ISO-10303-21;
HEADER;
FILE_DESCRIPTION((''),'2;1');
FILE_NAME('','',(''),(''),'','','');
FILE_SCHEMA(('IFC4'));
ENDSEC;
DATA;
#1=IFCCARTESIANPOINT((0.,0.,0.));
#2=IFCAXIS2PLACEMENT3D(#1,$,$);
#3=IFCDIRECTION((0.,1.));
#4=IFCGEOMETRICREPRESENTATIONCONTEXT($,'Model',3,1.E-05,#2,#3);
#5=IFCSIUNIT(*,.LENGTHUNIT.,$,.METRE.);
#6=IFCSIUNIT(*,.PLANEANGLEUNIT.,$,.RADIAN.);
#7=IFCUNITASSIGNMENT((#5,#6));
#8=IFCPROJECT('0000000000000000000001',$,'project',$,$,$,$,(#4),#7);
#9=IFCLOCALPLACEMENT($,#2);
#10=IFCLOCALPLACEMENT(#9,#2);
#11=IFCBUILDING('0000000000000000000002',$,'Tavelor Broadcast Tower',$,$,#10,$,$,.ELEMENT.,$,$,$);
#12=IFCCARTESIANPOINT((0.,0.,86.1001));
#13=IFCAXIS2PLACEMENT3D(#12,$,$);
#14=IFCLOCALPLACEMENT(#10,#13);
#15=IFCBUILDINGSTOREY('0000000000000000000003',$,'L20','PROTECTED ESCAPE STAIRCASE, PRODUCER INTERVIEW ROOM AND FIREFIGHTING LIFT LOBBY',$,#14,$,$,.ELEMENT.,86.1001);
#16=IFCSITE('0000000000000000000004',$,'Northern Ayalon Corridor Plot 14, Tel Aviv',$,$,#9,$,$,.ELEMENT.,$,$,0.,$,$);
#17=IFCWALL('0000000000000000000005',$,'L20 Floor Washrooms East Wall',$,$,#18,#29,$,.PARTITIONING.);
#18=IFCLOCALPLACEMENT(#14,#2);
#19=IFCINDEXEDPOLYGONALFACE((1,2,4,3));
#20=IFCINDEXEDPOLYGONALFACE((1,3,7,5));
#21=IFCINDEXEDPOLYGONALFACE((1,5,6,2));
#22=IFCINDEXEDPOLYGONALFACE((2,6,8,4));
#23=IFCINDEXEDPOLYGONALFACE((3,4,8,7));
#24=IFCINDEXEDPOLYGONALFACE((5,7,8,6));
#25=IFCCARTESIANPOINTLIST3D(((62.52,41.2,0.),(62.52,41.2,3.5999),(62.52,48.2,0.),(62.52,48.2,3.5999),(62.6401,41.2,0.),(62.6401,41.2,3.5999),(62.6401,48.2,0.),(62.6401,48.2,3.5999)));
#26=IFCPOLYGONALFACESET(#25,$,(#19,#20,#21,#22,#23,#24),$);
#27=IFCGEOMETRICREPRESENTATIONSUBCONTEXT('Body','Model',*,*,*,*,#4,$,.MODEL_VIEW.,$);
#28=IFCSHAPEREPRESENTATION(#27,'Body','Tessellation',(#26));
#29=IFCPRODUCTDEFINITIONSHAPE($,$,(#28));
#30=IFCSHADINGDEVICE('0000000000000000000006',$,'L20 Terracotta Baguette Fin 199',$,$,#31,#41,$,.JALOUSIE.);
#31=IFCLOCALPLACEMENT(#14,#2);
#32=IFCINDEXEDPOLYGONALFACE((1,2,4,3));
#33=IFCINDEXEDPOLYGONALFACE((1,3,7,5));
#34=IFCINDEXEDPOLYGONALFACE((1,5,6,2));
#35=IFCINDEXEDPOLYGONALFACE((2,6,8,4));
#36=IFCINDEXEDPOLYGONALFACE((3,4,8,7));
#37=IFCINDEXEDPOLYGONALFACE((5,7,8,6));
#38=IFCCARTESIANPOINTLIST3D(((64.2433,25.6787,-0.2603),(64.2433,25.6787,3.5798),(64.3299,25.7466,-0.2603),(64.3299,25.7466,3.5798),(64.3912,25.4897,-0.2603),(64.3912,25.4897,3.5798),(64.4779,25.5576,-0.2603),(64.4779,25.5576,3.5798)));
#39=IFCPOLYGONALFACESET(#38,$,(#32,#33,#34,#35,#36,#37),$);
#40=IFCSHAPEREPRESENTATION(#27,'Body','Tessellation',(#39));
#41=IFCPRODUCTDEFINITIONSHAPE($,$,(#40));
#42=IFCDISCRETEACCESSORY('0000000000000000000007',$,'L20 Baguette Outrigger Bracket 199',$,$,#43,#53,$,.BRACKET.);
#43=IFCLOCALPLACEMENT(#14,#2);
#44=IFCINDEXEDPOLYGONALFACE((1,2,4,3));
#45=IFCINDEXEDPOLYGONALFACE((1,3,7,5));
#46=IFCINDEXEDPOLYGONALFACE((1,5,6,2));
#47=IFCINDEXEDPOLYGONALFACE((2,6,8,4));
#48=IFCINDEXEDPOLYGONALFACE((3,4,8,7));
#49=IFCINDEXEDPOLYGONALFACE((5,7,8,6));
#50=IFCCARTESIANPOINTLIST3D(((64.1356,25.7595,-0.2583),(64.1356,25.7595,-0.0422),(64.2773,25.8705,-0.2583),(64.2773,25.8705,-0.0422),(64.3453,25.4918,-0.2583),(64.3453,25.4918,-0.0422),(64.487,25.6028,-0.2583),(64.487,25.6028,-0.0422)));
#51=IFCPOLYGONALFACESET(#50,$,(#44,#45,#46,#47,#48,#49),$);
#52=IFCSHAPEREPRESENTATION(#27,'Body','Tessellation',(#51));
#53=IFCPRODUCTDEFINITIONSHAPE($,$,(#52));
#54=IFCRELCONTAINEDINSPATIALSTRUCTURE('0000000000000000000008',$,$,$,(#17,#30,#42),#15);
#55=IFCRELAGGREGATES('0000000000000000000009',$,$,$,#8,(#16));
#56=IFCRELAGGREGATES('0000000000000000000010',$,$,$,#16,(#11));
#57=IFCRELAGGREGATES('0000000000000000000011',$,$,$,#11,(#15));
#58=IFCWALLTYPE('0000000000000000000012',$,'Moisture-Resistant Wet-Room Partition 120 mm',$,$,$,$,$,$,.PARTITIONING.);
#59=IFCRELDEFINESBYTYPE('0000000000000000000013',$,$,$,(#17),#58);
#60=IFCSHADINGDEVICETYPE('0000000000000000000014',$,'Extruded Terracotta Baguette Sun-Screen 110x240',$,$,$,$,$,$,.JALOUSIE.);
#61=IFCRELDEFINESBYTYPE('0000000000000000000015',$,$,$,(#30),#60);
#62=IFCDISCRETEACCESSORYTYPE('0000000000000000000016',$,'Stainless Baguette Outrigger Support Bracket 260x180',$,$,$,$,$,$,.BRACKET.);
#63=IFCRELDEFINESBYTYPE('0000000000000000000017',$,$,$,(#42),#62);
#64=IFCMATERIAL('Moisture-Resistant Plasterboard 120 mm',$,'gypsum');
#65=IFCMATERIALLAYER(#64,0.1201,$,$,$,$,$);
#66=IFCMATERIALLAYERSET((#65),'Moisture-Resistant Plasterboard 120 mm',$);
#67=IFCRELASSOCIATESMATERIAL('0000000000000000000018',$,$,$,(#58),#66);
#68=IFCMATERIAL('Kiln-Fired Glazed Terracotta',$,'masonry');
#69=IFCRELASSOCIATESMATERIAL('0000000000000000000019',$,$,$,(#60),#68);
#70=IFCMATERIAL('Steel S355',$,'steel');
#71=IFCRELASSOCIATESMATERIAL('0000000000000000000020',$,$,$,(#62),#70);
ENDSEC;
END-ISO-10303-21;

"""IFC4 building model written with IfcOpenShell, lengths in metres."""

from ifc_helpers import new_model, si_unit, direction, frame, frame_2d, origin, origin_2d, place, context, subcontext, project, spatial, rectangle, extrude, source, transform, mapped, material, layer, layer_set, type_object, type_shapes, element, save


model = new_model("IFC4")

# Units and contexts
model_context = context("Model", 3, precision=1e-05, world=origin(), true_north=direction((0.0, 1.0)))
body_context = subcontext(model_context, "Body", "Model", "MODEL_VIEW")
ifc_project = project(units=[si_unit("LENGTHUNIT", "METRE"), si_unit("PLANEANGLEUNIT", "RADIAN")], contexts=[model_context])

# Site, building, storey
site_placement = place(None, origin())
site = spatial("IfcSite", under=ifc_project, at=site_placement, Name="Northern Ayalon Corridor Plot 14, Tel Aviv", CompositionType="ELEMENT", RefElevation=0.0)
building_placement = place(site_placement, origin())
building = spatial("IfcBuilding", under=site, at=building_placement, Name="Tavelor Broadcast Tower", CompositionType="ELEMENT")
storey_placement = place(building_placement, frame((0.0, 0.0, 86.1001)))
storey = spatial("IfcBuildingStorey", under=building, at=storey_placement, Name="L20", Description="PROTECTED ESCAPE STAIRCASE, PRODUCER INTERVIEW ROOM AND FIREFIGHTING LIFT LOBBY", CompositionType="ELEMENT", Elevation=86.1001)

# Shared definitions
ifc_material_1 = material(Name="Steel S355", Category="steel")

# Shared definitions
ifc_material_2 = material(Name="Moisture-Resistant Plasterboard 120 mm", Category="gypsum")
ifc_layer_1 = layer(ifc_material_2, 0.1201)
ifc_layer_set_1 = layer_set([ifc_layer_1], Name="Moisture-Resistant Plasterboard 120 mm")
wall_type_1 = type_object("IfcWallType", Name="Moisture-Resistant Wet-Room Partition 120 mm", PredefinedType="PARTITIONING", material=ifc_layer_set_1)

# Wall
wall_1_placement = place(storey_placement, frame((62.5801, 41.2, 0.0), z_axis=(0.0, 0.0, 1.0), x_axis=(0.0, 1.0, 0.0)))
element("IfcWall", 1, at=wall_1_placement, inside=storey, type_object=wall_type_1, Name="L20 Floor Washrooms East Wall", PredefinedType="PARTITIONING", context=body_context, shape_type="SweptSolid", body=[
    extrude(rectangle(XDim=7.0, YDim=0.1201, at=frame_2d((3.5, 0.0))), origin(), (0.0, 0.0, 1.0), 3.5999),
])

# Shading device
ifc_material_3 = material(Name="Kiln-Fired Glazed Terracotta", Category="masonry")
shading_device_type = type_object("IfcShadingDeviceType", Name="Extruded Terracotta Baguette Sun-Screen 110x240", PredefinedType="JALOUSIE", material=ifc_material_3)
shared_shape_1 = source(origin(), body_context, "Body", "SweptSolid", [
    extrude(rectangle(XDim=0.1101, YDim=0.24, at=origin_2d()), origin(), (0.0, 0.0, 1.0), 3.8401),
])
type_shapes(shading_device_type, [shared_shape_1])
shading_device_placement = place(storey_placement, frame((64.3606, 25.6182, -0.2603), z_axis=(0.0, 0.0, 1.0), x_axis=(0.787258, 0.616624, 0.0)))
element("IfcShadingDevice", 2, at=shading_device_placement, inside=storey, type_object=shading_device_type, Name="L20 Terracotta Baguette Fin 199", PredefinedType="JALOUSIE", context=body_context, shape_type="MappedRepresentation", body=[
    mapped(shared_shape_1, transform((0.0, 0.0, 0.0), scale=1.0)),
])

# Discrete accessory
discrete_accessory_type = type_object("IfcDiscreteAccessoryType", Name="Stainless Baguette Outrigger Support Bracket 260x180", PredefinedType="BRACKET", material=ifc_material_1)
shared_shape_2 = source(origin(), body_context, "Body", "SweptSolid", [
    extrude(rectangle(XDim=0.1799, YDim=0.3401, at=origin_2d()), origin(), (0.0, 0.0, 1.0), 0.2161),
])
type_shapes(discrete_accessory_type, [shared_shape_2])
discrete_accessory_placement = place(storey_placement, frame((64.3113, 25.6812, -0.2583), z_axis=(0.0, 0.0, 1.0), x_axis=(0.787258, 0.616624, 0.0)))
element("IfcDiscreteAccessory", 3, at=discrete_accessory_placement, inside=storey, type_object=discrete_accessory_type, Name="L20 Baguette Outrigger Bracket 199", PredefinedType="BRACKET", context=body_context, shape_type="MappedRepresentation", body=[
    mapped(shared_shape_2, transform((0.0, 0.0, 0.0), scale=1.0)),
])

save(model, "model.ifc")
